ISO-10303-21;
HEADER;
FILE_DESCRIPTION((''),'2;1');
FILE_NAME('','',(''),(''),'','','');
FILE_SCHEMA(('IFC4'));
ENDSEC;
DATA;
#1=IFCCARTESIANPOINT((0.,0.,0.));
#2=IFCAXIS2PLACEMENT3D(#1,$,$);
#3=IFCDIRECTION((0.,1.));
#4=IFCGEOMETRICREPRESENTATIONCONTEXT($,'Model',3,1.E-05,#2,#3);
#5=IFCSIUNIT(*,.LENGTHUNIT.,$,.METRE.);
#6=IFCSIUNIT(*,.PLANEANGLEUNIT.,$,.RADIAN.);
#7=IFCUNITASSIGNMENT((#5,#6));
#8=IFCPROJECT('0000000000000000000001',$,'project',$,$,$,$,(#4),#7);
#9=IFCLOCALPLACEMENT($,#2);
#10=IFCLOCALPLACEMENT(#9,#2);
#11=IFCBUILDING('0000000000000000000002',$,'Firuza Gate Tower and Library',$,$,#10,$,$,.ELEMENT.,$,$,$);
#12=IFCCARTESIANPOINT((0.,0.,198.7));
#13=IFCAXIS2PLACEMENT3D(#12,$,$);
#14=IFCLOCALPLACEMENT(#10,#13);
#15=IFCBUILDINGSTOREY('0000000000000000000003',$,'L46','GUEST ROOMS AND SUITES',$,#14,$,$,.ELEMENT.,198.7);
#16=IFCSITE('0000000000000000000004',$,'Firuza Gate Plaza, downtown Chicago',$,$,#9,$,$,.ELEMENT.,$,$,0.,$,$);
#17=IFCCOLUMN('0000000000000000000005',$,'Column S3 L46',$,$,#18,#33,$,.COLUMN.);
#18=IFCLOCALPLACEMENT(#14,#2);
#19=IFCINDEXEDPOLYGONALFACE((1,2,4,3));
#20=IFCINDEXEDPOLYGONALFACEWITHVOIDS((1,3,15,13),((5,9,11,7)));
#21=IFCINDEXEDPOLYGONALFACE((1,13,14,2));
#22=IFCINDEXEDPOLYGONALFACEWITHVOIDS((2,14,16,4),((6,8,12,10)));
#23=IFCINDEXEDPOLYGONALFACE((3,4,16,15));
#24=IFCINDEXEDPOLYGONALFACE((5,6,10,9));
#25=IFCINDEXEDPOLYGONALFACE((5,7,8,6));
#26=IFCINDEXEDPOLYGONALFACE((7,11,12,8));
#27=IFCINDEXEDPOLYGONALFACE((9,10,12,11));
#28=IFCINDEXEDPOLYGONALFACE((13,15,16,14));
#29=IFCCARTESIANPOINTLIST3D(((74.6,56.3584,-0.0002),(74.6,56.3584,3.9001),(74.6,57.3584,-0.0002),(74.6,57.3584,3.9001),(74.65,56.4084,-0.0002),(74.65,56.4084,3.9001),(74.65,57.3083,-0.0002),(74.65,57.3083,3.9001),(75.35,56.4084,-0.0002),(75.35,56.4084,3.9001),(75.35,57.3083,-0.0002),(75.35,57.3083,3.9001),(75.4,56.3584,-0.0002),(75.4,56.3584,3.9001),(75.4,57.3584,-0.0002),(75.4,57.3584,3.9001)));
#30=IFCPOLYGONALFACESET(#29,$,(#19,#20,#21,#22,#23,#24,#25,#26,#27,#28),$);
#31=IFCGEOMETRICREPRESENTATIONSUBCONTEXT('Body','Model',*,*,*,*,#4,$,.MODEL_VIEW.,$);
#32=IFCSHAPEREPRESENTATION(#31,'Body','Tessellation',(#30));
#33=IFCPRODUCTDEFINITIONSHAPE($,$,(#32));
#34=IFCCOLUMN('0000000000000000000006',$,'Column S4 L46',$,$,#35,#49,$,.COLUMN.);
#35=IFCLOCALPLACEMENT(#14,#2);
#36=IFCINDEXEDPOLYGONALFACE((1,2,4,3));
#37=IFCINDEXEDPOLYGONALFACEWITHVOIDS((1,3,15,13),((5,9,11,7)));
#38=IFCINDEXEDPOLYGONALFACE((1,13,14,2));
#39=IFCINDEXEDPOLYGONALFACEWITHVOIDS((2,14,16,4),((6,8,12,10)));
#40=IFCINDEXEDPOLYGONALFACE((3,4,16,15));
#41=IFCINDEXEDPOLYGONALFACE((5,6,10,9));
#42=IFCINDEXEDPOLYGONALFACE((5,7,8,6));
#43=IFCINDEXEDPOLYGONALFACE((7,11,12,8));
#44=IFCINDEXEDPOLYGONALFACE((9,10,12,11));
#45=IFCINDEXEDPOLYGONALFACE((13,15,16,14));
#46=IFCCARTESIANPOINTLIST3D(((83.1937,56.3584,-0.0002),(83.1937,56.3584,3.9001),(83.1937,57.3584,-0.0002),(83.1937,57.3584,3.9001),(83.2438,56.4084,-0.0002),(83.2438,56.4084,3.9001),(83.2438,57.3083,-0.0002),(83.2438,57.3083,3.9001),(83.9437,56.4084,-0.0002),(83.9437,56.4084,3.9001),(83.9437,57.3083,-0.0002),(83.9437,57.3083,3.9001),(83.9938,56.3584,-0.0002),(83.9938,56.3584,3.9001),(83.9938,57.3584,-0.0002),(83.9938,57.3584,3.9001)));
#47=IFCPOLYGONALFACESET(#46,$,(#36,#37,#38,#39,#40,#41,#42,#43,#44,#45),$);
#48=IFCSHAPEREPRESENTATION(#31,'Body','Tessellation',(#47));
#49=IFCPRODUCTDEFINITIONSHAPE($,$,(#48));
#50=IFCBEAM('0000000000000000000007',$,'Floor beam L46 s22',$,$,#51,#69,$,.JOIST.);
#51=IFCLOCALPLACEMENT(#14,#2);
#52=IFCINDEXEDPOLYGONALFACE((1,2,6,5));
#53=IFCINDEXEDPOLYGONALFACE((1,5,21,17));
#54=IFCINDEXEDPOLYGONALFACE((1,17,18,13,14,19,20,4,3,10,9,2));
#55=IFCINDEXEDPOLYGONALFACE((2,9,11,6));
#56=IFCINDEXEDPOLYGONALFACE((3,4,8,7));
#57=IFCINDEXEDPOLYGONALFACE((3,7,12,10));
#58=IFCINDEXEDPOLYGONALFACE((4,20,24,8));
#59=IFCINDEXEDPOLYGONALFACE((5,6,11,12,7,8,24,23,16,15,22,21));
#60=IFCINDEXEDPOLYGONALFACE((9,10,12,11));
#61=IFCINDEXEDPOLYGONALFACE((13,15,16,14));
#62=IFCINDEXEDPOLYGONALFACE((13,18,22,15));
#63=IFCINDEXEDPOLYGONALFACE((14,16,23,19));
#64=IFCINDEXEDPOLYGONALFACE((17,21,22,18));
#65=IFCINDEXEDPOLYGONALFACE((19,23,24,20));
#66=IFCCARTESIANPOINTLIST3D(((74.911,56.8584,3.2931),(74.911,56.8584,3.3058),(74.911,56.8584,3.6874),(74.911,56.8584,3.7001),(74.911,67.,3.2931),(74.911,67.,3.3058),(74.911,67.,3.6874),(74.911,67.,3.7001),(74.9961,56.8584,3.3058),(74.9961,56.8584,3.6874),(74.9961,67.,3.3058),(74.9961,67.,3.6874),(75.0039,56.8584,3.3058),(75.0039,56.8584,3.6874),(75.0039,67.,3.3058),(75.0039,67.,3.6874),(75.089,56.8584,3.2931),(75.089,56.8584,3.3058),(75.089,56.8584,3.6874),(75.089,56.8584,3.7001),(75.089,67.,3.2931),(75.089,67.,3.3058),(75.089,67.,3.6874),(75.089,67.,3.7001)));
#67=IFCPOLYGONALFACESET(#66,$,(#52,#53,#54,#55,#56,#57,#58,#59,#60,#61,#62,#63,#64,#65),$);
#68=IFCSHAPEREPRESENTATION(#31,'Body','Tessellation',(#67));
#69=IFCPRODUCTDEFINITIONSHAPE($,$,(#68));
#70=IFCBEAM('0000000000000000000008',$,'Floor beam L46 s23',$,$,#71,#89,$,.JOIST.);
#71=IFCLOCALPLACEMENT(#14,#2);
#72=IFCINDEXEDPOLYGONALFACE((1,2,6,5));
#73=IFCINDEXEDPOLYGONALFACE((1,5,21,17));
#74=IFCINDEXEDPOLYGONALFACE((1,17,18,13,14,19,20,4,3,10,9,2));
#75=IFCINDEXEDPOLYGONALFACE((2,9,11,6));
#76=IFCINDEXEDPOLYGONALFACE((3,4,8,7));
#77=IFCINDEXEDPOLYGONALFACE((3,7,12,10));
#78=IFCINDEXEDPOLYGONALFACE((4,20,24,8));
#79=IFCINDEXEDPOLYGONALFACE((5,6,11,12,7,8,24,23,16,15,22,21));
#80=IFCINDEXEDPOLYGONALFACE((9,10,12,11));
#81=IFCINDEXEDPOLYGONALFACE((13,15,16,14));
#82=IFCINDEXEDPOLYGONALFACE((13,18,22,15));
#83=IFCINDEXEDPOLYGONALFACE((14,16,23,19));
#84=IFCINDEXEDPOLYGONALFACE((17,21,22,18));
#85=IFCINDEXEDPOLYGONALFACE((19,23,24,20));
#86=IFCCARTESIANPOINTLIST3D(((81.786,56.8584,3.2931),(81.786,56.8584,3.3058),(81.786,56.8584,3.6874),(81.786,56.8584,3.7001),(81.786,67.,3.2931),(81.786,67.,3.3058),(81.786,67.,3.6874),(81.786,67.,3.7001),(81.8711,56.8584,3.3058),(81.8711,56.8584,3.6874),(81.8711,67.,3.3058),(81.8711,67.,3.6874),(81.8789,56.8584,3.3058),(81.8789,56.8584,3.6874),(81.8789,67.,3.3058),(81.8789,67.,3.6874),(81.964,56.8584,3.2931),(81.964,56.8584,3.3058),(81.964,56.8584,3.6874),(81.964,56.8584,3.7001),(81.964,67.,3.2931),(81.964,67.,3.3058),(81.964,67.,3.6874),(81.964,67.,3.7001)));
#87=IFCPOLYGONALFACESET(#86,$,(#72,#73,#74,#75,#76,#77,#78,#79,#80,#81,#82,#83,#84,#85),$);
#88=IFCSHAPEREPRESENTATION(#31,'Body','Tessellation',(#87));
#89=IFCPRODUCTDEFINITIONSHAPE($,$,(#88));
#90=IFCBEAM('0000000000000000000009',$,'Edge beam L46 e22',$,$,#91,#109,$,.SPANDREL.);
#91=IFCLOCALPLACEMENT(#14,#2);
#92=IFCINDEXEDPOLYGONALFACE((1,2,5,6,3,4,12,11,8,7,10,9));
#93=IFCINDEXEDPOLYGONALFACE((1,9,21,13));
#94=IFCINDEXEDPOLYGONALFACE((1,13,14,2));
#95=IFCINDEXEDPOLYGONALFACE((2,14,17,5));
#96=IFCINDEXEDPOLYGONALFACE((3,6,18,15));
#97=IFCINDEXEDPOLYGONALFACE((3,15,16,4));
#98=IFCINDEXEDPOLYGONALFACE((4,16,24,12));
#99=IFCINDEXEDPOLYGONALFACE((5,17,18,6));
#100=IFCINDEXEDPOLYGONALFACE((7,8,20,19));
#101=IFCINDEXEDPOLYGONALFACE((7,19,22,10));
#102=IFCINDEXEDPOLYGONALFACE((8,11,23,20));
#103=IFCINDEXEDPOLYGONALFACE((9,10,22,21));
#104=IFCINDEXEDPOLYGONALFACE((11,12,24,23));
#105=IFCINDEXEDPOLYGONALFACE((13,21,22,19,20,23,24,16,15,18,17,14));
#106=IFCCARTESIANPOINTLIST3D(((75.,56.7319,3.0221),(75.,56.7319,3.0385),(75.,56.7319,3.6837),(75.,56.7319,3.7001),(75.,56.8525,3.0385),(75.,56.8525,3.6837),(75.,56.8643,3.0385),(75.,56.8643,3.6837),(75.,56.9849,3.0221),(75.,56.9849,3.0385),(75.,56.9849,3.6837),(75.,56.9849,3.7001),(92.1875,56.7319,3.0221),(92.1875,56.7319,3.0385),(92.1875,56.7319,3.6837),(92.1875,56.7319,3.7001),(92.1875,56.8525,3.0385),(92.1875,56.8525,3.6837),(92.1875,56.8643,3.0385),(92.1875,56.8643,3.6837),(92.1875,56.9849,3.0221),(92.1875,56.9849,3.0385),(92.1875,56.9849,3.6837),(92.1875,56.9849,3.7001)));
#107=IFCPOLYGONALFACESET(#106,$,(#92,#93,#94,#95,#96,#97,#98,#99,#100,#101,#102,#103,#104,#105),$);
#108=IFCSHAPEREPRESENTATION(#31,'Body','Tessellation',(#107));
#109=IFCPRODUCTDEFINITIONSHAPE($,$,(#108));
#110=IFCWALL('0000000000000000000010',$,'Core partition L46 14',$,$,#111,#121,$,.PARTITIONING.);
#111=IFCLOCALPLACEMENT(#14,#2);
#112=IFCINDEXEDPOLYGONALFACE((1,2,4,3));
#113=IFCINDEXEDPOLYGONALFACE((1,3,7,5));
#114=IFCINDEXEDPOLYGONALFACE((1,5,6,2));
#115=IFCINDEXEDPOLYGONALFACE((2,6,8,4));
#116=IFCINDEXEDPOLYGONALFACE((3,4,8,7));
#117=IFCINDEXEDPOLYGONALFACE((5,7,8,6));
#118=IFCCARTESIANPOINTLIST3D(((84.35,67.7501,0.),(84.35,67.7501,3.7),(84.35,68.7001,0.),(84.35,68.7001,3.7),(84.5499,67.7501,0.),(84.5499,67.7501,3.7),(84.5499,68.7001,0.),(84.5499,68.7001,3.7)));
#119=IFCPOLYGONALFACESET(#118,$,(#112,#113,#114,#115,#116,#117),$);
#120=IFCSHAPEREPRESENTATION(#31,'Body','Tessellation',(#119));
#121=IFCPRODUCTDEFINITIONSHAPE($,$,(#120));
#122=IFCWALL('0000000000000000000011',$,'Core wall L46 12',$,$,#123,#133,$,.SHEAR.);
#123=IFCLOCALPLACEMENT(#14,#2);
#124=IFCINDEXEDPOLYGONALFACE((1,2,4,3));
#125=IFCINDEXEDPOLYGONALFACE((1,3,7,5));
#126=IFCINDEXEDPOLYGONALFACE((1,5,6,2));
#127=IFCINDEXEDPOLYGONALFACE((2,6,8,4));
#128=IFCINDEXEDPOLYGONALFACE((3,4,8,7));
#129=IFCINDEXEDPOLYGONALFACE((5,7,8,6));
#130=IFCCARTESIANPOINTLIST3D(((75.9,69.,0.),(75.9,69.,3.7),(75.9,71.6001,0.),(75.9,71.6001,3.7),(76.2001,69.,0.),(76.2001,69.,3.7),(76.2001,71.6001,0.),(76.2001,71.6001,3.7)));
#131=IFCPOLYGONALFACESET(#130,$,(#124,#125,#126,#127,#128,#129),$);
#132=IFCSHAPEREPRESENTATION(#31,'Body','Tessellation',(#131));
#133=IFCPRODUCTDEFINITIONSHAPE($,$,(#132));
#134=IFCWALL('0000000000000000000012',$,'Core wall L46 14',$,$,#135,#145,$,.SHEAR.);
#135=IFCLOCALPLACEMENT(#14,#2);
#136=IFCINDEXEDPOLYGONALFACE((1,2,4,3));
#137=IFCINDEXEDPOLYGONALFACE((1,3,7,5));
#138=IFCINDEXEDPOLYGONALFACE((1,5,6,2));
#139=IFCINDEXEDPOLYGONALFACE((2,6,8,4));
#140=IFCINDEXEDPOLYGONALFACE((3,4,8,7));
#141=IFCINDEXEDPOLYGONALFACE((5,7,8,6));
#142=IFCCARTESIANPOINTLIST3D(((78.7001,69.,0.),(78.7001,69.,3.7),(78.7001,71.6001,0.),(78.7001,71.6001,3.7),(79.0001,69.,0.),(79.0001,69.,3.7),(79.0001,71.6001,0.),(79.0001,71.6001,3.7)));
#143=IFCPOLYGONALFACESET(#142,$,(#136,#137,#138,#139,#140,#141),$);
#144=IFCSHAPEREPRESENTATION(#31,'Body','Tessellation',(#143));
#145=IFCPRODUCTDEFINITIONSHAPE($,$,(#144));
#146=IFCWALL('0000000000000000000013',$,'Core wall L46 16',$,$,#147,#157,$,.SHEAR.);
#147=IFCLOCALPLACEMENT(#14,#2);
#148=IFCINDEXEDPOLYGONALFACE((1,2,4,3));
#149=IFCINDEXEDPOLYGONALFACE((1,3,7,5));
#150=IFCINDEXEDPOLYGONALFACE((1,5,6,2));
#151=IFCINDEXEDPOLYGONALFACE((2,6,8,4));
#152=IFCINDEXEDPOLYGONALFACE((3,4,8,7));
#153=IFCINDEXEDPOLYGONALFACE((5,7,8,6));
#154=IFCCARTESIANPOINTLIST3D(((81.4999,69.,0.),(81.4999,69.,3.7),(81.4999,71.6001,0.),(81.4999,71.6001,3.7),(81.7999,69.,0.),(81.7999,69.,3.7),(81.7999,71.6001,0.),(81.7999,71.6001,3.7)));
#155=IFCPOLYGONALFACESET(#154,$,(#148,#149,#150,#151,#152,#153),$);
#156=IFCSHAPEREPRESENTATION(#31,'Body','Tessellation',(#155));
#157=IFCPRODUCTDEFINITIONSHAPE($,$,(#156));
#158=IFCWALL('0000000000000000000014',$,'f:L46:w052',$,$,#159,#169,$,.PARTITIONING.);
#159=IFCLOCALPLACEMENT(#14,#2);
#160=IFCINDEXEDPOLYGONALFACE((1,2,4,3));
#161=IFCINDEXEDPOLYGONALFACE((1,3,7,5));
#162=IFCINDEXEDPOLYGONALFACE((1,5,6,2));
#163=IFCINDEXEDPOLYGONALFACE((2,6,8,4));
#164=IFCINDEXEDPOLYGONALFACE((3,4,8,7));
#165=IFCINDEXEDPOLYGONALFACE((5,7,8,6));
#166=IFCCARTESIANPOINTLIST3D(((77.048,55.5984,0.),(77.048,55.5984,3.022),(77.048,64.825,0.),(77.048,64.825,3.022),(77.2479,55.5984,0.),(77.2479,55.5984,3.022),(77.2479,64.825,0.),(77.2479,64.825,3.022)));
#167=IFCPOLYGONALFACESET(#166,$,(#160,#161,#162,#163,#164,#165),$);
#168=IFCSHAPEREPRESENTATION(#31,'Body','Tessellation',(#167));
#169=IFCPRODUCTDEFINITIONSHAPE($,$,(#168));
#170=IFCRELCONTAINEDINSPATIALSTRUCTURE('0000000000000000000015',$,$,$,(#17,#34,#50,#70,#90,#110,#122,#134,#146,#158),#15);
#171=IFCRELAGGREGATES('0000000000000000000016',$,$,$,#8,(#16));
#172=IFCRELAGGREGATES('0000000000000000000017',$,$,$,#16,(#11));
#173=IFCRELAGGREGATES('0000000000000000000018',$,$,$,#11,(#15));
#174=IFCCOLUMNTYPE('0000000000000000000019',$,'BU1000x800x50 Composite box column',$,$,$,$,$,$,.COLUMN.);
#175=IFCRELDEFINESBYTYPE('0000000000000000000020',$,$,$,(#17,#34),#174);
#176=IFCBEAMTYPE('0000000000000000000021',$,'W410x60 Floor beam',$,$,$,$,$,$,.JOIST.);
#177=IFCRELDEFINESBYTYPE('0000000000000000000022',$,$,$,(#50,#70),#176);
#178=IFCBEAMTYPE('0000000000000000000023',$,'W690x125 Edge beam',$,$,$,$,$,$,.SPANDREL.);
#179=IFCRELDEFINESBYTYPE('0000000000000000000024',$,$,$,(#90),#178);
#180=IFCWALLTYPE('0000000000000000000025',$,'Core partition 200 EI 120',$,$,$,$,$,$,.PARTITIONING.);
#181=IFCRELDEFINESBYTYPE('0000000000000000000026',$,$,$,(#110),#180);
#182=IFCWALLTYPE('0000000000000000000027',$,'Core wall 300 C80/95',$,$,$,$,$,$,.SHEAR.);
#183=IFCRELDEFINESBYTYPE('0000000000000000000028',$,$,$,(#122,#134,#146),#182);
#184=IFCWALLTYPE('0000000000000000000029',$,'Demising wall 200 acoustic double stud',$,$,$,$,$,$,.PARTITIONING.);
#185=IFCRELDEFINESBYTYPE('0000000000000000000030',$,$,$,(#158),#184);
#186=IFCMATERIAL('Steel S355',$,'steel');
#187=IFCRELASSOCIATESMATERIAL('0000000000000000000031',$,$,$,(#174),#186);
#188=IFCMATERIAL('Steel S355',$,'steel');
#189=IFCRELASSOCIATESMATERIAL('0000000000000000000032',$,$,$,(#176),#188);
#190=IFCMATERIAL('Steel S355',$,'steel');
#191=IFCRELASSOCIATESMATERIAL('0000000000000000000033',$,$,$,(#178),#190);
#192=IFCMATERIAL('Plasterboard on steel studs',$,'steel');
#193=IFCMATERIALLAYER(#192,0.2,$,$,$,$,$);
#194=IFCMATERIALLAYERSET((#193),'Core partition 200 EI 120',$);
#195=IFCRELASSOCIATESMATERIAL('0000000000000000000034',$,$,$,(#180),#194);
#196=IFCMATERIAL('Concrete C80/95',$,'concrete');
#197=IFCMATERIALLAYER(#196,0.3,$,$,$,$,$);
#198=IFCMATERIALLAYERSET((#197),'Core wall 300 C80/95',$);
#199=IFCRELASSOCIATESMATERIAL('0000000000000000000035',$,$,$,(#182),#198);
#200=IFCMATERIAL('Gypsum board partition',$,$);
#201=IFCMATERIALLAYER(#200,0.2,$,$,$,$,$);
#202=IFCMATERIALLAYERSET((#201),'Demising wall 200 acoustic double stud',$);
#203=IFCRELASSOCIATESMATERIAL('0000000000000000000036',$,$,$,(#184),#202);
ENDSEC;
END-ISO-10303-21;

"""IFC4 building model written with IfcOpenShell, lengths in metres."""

from ifc_helpers import new_model, si_unit, direction, frame, frame_2d, origin, origin_2d, place, context, subcontext, project, spatial, rectangle, hollow_rectangle, i_section, extrude, material, layer, layer_set, material_profile, profile_set, type_object, element, save


model = new_model("IFC4")

# Units and contexts
model_context = context("Model", 3, precision=1e-05, world=origin(), true_north=direction((0.0, 1.0)))
body_context = subcontext(model_context, "Body", "Model", "MODEL_VIEW")
ifc_project = project(units=[si_unit("LENGTHUNIT", "METRE"), si_unit("PLANEANGLEUNIT", "RADIAN")], contexts=[model_context])

# Site, building, storey
site_placement = place(None, origin())
site = spatial("IfcSite", under=ifc_project, at=site_placement, Name="Firuza Gate Plaza, downtown Chicago", CompositionType="ELEMENT", RefElevation=0.0)
building_placement = place(site_placement, origin())
building = spatial("IfcBuilding", under=site, at=building_placement, Name="Firuza Gate Tower and Library", CompositionType="ELEMENT")
storey_placement = place(building_placement, frame((0.0, 0.0, 198.7)))
storey = spatial("IfcBuildingStorey", under=building, at=storey_placement, Name="L46", Description="GUEST ROOMS AND SUITES", CompositionType="ELEMENT", Elevation=198.7)

# Columns
ifc_material_1 = material(Name="Steel S355", Category="steel")
ifc_material_profile_1 = material_profile(ifc_material_1, hollow_rectangle(XDim=0.8, YDim=1.0, WallThickness=0.05, at=origin_2d()))
ifc_profile_set_1 = profile_set([ifc_material_profile_1], Name="Steel S355")
column_type = type_object("IfcColumnType", Name="BU1000x800x50 Composite box column", PredefinedType="COLUMN", material=ifc_profile_set_1)
for number, where, z_axis, x_axis, name in (
    (1, (75.0, 56.8584, -0.0002), (0.0, 0.0, 1.0), (1.0, 0.0, 0.0), "Column S3 L46"),
    (2, (83.5938, 56.8584, -0.0002), (0.0, 0.0, 1.0), (1.0, 0.0, 0.0), "Column S4 L46"),
):
    element("IfcColumn", number, at=place(storey_placement, frame(where, z_axis=z_axis, x_axis=x_axis)), inside=storey, type_object=column_type, Name=name, PredefinedType="COLUMN", context=body_context, shape_type="SweptSolid", body=[
        extrude(hollow_rectangle(XDim=0.8, YDim=1.0, WallThickness=0.05, at=origin_2d()), origin(), (0.0, 0.0, 1.0), 3.9004),
    ])

# Beams
ifc_material_2 = material(Name="Steel S355", Category="steel")
ifc_material_profile_2 = material_profile(ifc_material_2, i_section(OverallWidth=0.178, OverallDepth=0.407, WebThickness=0.0078, FlangeThickness=0.0127, at=origin_2d()))
ifc_profile_set_2 = profile_set([ifc_material_profile_2], Name="Steel S355")
beam_type_1 = type_object("IfcBeamType", Name="W410x60 Floor beam", PredefinedType="JOIST", material=ifc_profile_set_2)
for number, where, z_axis, x_axis, name in (
    (3, (75.0, 56.8584, 3.4966), (0.0, 1.0, 0.0), (-1.0, 0.0, 0.0), "Floor beam L46 s22"),
    (4, (81.875, 56.8584, 3.4966), (0.0, 1.0, 0.0), (-1.0, 0.0, 0.0), "Floor beam L46 s23"),
):
    element("IfcBeam", number, at=place(storey_placement, frame(where, z_axis=z_axis, x_axis=x_axis)), inside=storey, type_object=beam_type_1, Name=name, PredefinedType="JOIST", context=body_context, shape_type="SweptSolid", body=[
        extrude(i_section(OverallWidth=0.178, OverallDepth=0.407, WebThickness=0.0078, FlangeThickness=0.0127, at=origin_2d()), origin(), (0.0, 0.0, 1.0), 10.1416),
    ])
ifc_material_3 = material(Name="Steel S355", Category="steel")
ifc_material_profile_3 = material_profile(ifc_material_3, i_section(OverallWidth=0.2529, OverallDepth=0.678, WebThickness=0.0117, FlangeThickness=0.0164, at=origin_2d()))
ifc_profile_set_3 = profile_set([ifc_material_profile_3], Name="Steel S355")
beam_type_2 = type_object("IfcBeamType", Name="W690x125 Edge beam", PredefinedType="SPANDREL", material=ifc_profile_set_3)
beam_placement = place(storey_placement, frame((75.0, 56.8584, 3.3611), z_axis=(1.0, 0.0, 0.0), x_axis=(0.0, 1.0, 0.0)))
element("IfcBeam", 5, at=beam_placement, inside=storey, type_object=beam_type_2, Name="Edge beam L46 e22", PredefinedType="SPANDREL", context=body_context, shape_type="SweptSolid", body=[
    extrude(i_section(OverallWidth=0.2529, OverallDepth=0.678, WebThickness=0.0117, FlangeThickness=0.0164, at=origin_2d()), origin(), (0.0, 0.0, 1.0), 17.1875),
])

# Walls
ifc_material_4 = material(Name="Plasterboard on steel studs", Category="steel")
ifc_layer_1 = layer(ifc_material_4, 0.2)
ifc_layer_set_1 = layer_set([ifc_layer_1], Name="Core partition 200 EI 120")
wall_type_1 = type_object("IfcWallType", Name="Core partition 200 EI 120", PredefinedType="PARTITIONING", material=ifc_layer_set_1)
wall_1_placement = place(storey_placement, frame((84.45, 67.75, 0.0), z_axis=(0.0, 0.0, 1.0), x_axis=(0.0, 1.0, 0.0)))
element("IfcWall", 6, at=wall_1_placement, inside=storey, type_object=wall_type_1, Name="Core partition L46 14", PredefinedType="PARTITIONING", context=body_context, shape_type="SweptSolid", body=[
    extrude(rectangle(XDim=0.95, YDim=0.2, at=frame_2d((0.4751, 0.0))), origin(), (0.0, 0.0, 1.0), 3.7),
])
ifc_material_5 = material(Name="Concrete C80/95", Category="concrete")
ifc_layer_2 = layer(ifc_material_5, 0.3)
ifc_layer_set_2 = layer_set([ifc_layer_2], Name="Core wall 300 C80/95")
wall_type_2 = type_object("IfcWallType", Name="Core wall 300 C80/95", PredefinedType="SHEAR", material=ifc_layer_set_2)
for number, where, z_axis, x_axis, name in (
    (7, (76.05, 69.0, 0.0), (0.0, 0.0, 1.0), (0.0, 1.0, 0.0), "Core wall L46 12"),
    (8, (78.8501, 69.0, 0.0), (0.0, 0.0, 1.0), (0.0, 1.0, 0.0), "Core wall L46 14"),
    (9, (81.6499, 69.0, 0.0), (0.0, 0.0, 1.0), (0.0, 1.0, 0.0), "Core wall L46 16"),
):
    element("IfcWall", number, at=place(storey_placement, frame(where, z_axis=z_axis, x_axis=x_axis)), inside=storey, type_object=wall_type_2, Name=name, PredefinedType="SHEAR", context=body_context, shape_type="SweptSolid", body=[
        extrude(rectangle(XDim=2.6001, YDim=0.3, at=frame_2d((1.3, 0.0))), origin(), (0.0, 0.0, 1.0), 3.7),
    ])
ifc_material_6 = material(Name="Gypsum board partition")
ifc_layer_3 = layer(ifc_material_6, 0.2)
ifc_layer_set_3 = layer_set([ifc_layer_3], Name="Demising wall 200 acoustic double stud")
wall_type_3 = type_object("IfcWallType", Name="Demising wall 200 acoustic double stud", PredefinedType="PARTITIONING", material=ifc_layer_set_3)
wall_2_placement = place(storey_placement, frame((77.1479, 55.5984, 0.0), z_axis=(0.0, 0.0, 1.0), x_axis=(0.0, 1.0, 0.0)))
element("IfcWall", 10, at=wall_2_placement, inside=storey, type_object=wall_type_3, Name="f:L46:w052", PredefinedType="PARTITIONING", context=body_context, shape_type="SweptSolid", body=[
    extrude(rectangle(XDim=9.2266, YDim=0.2, at=frame_2d((4.6133, 0.0))), origin(), (0.0, 0.0, 1.0), 3.022),
])

save(model, "model.ifc")
